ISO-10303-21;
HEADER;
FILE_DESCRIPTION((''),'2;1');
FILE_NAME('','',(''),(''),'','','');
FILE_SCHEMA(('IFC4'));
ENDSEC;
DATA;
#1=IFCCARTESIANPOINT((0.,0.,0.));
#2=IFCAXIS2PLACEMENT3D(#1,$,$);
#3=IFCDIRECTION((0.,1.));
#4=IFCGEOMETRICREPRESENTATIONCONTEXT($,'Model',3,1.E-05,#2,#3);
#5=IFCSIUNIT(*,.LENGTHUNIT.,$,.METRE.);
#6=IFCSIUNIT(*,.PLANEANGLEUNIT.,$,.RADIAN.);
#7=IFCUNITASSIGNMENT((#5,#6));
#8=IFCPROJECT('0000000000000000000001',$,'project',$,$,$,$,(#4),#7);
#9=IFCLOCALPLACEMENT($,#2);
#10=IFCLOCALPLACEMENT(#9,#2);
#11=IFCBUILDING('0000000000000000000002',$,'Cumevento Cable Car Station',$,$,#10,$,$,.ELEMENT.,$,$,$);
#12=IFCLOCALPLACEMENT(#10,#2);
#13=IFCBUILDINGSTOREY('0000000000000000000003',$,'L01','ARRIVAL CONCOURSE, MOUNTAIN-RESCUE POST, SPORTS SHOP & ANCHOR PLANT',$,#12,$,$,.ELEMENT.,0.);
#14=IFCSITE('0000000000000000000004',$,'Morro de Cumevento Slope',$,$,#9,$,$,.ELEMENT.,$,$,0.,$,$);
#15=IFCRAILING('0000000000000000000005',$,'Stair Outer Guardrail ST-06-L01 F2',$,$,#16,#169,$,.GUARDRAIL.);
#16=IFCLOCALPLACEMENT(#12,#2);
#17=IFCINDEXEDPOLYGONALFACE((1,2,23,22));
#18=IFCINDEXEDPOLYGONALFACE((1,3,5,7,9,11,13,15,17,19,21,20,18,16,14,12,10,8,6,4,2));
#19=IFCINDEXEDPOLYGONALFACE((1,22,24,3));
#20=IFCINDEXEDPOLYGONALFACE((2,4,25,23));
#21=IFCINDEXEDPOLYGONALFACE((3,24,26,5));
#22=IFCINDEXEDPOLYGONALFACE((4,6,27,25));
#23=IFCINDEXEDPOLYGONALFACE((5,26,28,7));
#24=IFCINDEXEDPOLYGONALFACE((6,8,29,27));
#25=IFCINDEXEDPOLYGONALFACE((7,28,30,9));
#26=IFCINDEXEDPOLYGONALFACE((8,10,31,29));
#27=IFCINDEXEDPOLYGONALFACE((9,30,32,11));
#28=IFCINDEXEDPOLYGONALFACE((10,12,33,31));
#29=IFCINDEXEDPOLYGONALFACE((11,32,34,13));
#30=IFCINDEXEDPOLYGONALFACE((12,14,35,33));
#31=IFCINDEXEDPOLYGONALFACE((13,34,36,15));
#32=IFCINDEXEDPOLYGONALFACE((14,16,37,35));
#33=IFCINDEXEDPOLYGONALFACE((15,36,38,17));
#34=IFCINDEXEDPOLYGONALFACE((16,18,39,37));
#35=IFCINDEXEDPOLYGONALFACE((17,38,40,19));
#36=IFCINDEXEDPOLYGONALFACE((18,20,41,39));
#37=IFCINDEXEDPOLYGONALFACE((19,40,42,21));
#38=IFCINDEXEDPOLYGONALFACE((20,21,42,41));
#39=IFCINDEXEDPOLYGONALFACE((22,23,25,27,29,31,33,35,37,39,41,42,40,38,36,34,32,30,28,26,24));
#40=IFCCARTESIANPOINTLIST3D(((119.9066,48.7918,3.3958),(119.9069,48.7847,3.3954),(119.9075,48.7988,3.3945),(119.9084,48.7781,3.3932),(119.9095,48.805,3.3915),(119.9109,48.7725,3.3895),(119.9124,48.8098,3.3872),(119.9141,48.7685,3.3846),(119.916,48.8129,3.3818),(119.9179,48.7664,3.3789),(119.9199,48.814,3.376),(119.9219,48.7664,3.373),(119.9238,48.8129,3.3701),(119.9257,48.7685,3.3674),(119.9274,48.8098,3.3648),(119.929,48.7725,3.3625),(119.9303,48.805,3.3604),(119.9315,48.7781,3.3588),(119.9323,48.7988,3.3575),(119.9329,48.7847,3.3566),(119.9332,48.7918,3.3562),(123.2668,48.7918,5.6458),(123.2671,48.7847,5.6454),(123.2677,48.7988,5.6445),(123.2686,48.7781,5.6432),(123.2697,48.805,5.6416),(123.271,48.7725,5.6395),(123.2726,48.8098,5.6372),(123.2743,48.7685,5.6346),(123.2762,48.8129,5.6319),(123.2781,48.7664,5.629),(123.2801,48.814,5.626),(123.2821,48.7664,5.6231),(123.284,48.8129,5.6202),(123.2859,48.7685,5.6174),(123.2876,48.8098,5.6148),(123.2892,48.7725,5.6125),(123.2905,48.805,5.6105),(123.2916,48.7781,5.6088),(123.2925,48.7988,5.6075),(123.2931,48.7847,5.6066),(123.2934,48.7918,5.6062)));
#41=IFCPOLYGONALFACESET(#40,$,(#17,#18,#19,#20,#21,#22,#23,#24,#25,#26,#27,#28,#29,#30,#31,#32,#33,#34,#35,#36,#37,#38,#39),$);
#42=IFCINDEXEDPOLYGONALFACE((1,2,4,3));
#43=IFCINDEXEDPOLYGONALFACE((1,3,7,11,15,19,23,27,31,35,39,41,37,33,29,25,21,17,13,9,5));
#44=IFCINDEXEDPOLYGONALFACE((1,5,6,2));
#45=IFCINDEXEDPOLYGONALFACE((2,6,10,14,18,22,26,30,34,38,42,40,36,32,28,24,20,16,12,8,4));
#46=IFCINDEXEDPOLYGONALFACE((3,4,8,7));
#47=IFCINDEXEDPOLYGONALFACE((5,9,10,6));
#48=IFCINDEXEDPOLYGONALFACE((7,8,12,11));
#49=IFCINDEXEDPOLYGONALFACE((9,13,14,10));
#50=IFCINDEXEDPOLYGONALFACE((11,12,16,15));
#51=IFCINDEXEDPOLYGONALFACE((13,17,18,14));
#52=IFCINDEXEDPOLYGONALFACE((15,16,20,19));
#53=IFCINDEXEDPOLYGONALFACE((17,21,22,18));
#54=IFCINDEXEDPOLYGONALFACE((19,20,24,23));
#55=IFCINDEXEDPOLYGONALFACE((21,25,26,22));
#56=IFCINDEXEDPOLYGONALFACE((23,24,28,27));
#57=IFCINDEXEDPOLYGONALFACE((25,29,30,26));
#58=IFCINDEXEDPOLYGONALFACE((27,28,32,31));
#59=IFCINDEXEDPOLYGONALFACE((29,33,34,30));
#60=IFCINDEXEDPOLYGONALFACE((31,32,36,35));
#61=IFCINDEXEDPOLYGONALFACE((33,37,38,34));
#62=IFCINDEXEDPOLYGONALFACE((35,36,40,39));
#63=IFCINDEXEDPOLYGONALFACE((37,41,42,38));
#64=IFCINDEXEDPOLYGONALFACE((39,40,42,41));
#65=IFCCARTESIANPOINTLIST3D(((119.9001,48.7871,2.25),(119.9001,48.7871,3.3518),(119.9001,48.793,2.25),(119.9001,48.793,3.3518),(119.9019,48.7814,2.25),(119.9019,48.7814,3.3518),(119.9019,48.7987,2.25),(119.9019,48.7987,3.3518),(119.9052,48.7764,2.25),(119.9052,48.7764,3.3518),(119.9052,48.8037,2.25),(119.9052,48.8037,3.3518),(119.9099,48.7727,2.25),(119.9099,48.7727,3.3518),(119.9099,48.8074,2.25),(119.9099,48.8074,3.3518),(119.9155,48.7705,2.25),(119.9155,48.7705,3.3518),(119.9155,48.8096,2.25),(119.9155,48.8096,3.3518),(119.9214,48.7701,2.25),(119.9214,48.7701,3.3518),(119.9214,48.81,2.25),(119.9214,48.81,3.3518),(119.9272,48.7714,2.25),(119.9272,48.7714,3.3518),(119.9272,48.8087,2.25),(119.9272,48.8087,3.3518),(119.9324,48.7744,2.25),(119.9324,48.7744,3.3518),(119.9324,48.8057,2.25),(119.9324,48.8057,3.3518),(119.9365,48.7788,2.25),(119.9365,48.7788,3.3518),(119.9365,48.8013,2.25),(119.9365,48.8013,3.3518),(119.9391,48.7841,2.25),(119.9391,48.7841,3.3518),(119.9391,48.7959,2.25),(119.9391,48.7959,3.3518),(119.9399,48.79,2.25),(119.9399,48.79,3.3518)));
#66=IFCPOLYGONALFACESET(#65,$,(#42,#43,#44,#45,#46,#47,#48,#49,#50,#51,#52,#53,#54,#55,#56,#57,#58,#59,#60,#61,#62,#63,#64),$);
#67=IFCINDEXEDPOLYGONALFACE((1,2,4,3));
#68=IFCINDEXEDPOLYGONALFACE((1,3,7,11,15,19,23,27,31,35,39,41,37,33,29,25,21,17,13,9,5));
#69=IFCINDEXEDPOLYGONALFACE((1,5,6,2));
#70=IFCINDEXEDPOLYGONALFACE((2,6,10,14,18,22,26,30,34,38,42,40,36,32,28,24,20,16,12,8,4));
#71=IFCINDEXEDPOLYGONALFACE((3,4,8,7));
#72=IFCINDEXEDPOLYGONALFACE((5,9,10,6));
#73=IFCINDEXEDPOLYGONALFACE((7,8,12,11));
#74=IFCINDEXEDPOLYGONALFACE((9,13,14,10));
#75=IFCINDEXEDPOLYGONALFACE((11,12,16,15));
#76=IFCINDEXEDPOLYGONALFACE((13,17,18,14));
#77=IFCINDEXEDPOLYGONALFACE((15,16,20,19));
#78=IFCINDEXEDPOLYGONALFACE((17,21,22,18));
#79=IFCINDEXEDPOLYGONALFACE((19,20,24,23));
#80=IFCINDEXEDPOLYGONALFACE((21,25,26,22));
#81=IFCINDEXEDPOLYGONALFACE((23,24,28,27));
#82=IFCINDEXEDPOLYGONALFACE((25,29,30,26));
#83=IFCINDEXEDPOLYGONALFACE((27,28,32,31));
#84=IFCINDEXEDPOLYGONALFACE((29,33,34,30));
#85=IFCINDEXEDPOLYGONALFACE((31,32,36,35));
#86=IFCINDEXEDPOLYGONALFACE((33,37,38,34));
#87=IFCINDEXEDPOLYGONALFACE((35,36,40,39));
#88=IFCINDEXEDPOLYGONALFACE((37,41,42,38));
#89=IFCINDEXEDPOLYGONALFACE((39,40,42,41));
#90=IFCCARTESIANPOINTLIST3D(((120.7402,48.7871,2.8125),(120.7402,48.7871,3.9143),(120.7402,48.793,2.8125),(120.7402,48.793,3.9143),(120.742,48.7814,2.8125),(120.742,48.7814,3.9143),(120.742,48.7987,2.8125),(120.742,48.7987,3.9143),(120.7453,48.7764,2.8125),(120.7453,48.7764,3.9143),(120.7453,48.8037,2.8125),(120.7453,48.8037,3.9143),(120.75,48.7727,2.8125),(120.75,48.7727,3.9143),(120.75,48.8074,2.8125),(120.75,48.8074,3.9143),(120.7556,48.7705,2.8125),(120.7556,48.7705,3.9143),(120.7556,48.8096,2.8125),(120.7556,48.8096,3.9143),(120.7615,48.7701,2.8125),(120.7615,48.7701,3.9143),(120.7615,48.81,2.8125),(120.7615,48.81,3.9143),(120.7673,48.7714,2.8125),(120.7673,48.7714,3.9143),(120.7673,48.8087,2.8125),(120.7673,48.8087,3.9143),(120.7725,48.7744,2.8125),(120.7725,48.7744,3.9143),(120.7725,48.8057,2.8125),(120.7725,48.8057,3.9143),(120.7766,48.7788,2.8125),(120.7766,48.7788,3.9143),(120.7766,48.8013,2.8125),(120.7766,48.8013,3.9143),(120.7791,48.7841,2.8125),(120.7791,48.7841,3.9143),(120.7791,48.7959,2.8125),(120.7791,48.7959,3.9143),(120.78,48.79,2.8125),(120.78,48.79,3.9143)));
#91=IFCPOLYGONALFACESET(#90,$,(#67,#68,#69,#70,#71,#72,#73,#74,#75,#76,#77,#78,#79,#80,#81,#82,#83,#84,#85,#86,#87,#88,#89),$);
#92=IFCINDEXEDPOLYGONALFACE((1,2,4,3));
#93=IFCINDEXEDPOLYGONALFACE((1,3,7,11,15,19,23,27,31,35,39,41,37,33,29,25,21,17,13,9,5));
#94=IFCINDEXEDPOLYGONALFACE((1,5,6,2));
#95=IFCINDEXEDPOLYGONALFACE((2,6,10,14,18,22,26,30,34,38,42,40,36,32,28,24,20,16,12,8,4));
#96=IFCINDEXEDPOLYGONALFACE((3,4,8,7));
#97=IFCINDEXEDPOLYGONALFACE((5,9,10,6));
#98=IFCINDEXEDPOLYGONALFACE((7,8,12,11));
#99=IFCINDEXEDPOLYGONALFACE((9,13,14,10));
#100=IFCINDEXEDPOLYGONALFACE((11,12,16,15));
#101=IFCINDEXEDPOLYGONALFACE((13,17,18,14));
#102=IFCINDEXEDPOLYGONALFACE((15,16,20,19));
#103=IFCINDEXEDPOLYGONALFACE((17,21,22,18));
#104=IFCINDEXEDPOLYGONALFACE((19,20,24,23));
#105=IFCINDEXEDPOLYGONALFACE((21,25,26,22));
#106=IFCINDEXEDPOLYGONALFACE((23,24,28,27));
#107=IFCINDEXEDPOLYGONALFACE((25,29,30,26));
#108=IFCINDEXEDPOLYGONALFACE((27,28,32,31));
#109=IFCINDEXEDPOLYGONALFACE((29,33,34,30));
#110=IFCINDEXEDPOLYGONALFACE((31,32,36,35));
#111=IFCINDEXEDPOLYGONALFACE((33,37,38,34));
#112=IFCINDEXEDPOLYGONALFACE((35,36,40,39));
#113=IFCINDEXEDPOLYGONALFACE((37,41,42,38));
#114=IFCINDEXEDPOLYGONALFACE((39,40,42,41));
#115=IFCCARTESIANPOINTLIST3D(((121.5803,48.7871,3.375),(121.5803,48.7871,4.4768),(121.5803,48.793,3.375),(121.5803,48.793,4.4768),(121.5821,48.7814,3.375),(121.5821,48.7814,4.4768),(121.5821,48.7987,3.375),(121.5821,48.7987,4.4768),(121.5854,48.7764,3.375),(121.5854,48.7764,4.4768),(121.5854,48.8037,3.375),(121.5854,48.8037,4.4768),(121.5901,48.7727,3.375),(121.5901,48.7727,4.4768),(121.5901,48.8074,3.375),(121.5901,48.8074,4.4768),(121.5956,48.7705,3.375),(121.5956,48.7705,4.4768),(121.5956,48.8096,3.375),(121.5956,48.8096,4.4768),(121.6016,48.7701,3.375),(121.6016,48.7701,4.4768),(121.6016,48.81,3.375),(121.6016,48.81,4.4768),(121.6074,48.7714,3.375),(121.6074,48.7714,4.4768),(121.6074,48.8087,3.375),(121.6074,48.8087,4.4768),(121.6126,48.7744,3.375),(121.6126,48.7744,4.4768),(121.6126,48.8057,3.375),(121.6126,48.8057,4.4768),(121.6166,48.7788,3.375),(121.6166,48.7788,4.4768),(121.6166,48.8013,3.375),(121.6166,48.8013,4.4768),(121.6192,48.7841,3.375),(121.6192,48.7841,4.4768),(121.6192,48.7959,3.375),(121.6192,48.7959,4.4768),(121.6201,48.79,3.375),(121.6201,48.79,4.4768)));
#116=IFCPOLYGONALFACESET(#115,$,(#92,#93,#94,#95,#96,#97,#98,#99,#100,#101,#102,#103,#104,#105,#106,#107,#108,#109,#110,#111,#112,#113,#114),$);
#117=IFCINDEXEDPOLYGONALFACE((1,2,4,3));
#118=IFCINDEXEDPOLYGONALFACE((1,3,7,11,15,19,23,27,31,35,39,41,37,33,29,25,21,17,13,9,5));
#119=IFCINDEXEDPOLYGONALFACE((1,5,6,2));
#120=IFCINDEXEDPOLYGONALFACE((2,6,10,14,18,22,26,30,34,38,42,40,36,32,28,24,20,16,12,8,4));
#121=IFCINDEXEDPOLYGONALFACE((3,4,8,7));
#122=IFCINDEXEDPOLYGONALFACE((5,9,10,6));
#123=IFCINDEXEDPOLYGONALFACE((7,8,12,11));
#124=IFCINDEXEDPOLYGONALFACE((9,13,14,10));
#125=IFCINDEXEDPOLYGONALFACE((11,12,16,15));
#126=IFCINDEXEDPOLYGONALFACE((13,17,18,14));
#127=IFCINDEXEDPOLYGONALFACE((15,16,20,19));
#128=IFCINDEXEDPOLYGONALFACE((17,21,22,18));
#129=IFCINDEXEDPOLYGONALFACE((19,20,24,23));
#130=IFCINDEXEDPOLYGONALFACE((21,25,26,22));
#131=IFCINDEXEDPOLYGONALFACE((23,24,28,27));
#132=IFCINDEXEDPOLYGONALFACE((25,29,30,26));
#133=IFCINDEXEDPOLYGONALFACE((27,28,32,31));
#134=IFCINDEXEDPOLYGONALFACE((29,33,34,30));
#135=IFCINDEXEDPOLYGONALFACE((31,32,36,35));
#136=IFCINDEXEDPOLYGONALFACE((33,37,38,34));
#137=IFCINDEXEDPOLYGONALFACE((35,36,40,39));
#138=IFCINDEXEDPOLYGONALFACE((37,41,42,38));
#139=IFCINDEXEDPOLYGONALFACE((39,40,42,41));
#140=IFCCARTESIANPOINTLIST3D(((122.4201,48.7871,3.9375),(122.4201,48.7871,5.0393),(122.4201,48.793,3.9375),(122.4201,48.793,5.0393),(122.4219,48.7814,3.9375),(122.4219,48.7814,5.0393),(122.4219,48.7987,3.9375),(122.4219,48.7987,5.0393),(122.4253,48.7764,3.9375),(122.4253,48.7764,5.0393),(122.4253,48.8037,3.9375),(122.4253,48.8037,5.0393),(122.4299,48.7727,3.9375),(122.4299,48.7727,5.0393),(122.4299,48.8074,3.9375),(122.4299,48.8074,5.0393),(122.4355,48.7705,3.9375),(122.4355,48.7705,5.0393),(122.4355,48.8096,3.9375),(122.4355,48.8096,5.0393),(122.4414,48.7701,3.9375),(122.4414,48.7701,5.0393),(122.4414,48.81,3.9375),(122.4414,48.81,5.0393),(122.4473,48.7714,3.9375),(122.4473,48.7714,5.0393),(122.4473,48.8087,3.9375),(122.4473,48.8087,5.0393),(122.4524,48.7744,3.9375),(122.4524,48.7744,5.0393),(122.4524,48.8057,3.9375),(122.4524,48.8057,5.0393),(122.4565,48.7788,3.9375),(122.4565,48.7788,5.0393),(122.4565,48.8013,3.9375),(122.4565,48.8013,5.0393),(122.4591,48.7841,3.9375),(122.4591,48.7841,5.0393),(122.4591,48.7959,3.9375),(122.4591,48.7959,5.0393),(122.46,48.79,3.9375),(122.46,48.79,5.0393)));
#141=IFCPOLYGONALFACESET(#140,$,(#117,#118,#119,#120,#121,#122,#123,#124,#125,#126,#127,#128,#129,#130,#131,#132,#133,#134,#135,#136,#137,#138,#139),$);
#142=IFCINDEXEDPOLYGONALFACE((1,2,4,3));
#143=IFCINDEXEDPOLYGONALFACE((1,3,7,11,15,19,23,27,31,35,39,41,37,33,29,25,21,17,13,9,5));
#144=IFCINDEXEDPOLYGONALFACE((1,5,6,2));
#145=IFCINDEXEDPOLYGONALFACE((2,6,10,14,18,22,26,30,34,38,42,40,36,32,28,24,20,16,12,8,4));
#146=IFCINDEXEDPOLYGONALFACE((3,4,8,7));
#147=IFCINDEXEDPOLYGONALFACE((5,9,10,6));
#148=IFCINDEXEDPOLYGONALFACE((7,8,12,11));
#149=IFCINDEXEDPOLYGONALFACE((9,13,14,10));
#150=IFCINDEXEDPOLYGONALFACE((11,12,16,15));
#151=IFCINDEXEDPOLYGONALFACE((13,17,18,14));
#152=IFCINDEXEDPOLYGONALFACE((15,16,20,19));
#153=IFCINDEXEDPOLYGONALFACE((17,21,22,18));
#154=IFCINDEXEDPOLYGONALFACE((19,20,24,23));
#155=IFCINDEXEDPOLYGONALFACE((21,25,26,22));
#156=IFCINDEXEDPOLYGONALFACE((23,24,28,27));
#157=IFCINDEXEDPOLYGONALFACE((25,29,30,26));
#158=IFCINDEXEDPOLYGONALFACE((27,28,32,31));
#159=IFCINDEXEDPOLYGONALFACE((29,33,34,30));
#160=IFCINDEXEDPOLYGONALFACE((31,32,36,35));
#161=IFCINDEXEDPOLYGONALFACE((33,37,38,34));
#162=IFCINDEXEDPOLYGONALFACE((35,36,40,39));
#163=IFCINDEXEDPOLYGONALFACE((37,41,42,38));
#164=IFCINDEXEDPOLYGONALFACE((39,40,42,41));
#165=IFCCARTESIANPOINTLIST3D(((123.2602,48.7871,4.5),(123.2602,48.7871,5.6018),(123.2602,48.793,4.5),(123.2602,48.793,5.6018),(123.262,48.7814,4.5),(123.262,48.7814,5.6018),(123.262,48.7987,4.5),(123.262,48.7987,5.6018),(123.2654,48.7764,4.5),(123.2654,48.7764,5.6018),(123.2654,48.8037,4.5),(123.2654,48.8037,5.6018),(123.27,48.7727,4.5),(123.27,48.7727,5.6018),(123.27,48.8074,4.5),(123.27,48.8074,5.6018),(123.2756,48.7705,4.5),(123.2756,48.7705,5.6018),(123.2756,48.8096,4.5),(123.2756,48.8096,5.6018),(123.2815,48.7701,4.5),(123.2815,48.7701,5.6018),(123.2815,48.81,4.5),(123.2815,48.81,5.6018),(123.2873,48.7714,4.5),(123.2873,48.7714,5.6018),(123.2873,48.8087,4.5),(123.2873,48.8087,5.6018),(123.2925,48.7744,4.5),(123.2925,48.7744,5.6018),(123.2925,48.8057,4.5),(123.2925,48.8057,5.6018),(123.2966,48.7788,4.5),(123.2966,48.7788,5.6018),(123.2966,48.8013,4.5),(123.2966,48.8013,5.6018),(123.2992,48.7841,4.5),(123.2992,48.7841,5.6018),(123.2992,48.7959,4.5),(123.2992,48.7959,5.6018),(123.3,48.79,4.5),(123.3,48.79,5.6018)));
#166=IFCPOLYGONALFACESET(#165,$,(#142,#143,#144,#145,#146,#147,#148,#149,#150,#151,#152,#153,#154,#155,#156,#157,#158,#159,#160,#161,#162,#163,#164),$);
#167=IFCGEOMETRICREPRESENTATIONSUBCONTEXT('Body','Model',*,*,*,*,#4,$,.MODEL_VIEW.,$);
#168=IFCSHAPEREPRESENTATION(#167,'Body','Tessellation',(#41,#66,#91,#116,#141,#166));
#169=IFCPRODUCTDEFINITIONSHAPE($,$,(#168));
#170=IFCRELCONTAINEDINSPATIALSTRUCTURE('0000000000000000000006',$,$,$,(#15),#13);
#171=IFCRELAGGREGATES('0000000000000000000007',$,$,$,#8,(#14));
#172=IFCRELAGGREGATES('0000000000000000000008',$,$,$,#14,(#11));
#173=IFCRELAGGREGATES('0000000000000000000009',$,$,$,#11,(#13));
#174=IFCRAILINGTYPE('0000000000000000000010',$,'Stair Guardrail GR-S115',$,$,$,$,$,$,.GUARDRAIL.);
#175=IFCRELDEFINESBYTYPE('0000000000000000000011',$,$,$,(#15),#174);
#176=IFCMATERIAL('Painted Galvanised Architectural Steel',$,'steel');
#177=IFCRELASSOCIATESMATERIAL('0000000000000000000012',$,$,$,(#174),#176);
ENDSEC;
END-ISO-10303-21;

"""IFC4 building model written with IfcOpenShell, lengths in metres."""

from ifc_helpers import new_model, si_unit, direction, frame, origin, origin_2d, place, context, subcontext, project, spatial, circle, extrude, material, type_object, element, save


model = new_model("IFC4")

# Units and contexts
model_context = context("Model", 3, precision=1e-05, world=origin(), true_north=direction((0.0, 1.0)))
body_context = subcontext(model_context, "Body", "Model", "MODEL_VIEW")
ifc_project = project(units=[si_unit("LENGTHUNIT", "METRE"), si_unit("PLANEANGLEUNIT", "RADIAN")], contexts=[model_context])

# Site, building, storey
site_placement = place(None, origin())
site = spatial("IfcSite", under=ifc_project, at=site_placement, Name="Morro de Cumevento Slope", CompositionType="ELEMENT", RefElevation=0.0)
building_placement = place(site_placement, origin())
building = spatial("IfcBuilding", under=site, at=building_placement, Name="Cumevento Cable Car Station", CompositionType="ELEMENT")
storey_placement = place(building_placement, origin())
storey = spatial("IfcBuildingStorey", under=building, at=storey_placement, Name="L01", Description="ARRIVAL CONCOURSE, MOUNTAIN-RESCUE POST, SPORTS SHOP & ANCHOR PLANT", CompositionType="ELEMENT", Elevation=0.0)

# Railing
ifc_material_1 = material(Name="Painted Galvanised Architectural Steel", Category="steel")
railing_type_1 = type_object("IfcRailingType", Name="Stair Guardrail GR-S115", PredefinedType="GUARDRAIL", material=ifc_material_1)
railing_1_placement = place(storey_placement, frame((119.9199, 48.79, 2.25)))
element("IfcRailing", 1, at=railing_1_placement, inside=storey, type_object=railing_type_1, Name="Stair Outer Guardrail ST-06-L01 F2", PredefinedType="GUARDRAIL", context=body_context, shape_type="SweptSolid", body=[
    extrude(circle(Radius=0.0239, at=origin_2d()), frame((0.0, 0.0, 1.126), z_axis=(0.830915, 0.0, 0.556399), x_axis=(0.0, 1.0, 0.0)), (0.0, 0.0, 1.0), 4.0439),
    extrude(circle(Radius=0.02, at=origin_2d()), origin(), (0.0, 0.0, 1.0), 1.1018),
    extrude(circle(Radius=0.02, at=origin_2d()), frame((0.8401, 0.0, 0.5625)), (0.0, 0.0, 1.0), 1.1018),
    extrude(circle(Radius=0.02, at=origin_2d()), frame((1.6802, 0.0, 1.125)), (0.0, 0.0, 1.0), 1.1018),
    extrude(circle(Radius=0.02, at=origin_2d()), frame((2.52, 0.0, 1.6875)), (0.0, 0.0, 1.0), 1.1018),
    extrude(circle(Radius=0.02, at=origin_2d()), frame((3.3601, 0.0, 2.25)), (0.0, 0.0, 1.0), 1.1018),
])

save(model, "model.ifc")
